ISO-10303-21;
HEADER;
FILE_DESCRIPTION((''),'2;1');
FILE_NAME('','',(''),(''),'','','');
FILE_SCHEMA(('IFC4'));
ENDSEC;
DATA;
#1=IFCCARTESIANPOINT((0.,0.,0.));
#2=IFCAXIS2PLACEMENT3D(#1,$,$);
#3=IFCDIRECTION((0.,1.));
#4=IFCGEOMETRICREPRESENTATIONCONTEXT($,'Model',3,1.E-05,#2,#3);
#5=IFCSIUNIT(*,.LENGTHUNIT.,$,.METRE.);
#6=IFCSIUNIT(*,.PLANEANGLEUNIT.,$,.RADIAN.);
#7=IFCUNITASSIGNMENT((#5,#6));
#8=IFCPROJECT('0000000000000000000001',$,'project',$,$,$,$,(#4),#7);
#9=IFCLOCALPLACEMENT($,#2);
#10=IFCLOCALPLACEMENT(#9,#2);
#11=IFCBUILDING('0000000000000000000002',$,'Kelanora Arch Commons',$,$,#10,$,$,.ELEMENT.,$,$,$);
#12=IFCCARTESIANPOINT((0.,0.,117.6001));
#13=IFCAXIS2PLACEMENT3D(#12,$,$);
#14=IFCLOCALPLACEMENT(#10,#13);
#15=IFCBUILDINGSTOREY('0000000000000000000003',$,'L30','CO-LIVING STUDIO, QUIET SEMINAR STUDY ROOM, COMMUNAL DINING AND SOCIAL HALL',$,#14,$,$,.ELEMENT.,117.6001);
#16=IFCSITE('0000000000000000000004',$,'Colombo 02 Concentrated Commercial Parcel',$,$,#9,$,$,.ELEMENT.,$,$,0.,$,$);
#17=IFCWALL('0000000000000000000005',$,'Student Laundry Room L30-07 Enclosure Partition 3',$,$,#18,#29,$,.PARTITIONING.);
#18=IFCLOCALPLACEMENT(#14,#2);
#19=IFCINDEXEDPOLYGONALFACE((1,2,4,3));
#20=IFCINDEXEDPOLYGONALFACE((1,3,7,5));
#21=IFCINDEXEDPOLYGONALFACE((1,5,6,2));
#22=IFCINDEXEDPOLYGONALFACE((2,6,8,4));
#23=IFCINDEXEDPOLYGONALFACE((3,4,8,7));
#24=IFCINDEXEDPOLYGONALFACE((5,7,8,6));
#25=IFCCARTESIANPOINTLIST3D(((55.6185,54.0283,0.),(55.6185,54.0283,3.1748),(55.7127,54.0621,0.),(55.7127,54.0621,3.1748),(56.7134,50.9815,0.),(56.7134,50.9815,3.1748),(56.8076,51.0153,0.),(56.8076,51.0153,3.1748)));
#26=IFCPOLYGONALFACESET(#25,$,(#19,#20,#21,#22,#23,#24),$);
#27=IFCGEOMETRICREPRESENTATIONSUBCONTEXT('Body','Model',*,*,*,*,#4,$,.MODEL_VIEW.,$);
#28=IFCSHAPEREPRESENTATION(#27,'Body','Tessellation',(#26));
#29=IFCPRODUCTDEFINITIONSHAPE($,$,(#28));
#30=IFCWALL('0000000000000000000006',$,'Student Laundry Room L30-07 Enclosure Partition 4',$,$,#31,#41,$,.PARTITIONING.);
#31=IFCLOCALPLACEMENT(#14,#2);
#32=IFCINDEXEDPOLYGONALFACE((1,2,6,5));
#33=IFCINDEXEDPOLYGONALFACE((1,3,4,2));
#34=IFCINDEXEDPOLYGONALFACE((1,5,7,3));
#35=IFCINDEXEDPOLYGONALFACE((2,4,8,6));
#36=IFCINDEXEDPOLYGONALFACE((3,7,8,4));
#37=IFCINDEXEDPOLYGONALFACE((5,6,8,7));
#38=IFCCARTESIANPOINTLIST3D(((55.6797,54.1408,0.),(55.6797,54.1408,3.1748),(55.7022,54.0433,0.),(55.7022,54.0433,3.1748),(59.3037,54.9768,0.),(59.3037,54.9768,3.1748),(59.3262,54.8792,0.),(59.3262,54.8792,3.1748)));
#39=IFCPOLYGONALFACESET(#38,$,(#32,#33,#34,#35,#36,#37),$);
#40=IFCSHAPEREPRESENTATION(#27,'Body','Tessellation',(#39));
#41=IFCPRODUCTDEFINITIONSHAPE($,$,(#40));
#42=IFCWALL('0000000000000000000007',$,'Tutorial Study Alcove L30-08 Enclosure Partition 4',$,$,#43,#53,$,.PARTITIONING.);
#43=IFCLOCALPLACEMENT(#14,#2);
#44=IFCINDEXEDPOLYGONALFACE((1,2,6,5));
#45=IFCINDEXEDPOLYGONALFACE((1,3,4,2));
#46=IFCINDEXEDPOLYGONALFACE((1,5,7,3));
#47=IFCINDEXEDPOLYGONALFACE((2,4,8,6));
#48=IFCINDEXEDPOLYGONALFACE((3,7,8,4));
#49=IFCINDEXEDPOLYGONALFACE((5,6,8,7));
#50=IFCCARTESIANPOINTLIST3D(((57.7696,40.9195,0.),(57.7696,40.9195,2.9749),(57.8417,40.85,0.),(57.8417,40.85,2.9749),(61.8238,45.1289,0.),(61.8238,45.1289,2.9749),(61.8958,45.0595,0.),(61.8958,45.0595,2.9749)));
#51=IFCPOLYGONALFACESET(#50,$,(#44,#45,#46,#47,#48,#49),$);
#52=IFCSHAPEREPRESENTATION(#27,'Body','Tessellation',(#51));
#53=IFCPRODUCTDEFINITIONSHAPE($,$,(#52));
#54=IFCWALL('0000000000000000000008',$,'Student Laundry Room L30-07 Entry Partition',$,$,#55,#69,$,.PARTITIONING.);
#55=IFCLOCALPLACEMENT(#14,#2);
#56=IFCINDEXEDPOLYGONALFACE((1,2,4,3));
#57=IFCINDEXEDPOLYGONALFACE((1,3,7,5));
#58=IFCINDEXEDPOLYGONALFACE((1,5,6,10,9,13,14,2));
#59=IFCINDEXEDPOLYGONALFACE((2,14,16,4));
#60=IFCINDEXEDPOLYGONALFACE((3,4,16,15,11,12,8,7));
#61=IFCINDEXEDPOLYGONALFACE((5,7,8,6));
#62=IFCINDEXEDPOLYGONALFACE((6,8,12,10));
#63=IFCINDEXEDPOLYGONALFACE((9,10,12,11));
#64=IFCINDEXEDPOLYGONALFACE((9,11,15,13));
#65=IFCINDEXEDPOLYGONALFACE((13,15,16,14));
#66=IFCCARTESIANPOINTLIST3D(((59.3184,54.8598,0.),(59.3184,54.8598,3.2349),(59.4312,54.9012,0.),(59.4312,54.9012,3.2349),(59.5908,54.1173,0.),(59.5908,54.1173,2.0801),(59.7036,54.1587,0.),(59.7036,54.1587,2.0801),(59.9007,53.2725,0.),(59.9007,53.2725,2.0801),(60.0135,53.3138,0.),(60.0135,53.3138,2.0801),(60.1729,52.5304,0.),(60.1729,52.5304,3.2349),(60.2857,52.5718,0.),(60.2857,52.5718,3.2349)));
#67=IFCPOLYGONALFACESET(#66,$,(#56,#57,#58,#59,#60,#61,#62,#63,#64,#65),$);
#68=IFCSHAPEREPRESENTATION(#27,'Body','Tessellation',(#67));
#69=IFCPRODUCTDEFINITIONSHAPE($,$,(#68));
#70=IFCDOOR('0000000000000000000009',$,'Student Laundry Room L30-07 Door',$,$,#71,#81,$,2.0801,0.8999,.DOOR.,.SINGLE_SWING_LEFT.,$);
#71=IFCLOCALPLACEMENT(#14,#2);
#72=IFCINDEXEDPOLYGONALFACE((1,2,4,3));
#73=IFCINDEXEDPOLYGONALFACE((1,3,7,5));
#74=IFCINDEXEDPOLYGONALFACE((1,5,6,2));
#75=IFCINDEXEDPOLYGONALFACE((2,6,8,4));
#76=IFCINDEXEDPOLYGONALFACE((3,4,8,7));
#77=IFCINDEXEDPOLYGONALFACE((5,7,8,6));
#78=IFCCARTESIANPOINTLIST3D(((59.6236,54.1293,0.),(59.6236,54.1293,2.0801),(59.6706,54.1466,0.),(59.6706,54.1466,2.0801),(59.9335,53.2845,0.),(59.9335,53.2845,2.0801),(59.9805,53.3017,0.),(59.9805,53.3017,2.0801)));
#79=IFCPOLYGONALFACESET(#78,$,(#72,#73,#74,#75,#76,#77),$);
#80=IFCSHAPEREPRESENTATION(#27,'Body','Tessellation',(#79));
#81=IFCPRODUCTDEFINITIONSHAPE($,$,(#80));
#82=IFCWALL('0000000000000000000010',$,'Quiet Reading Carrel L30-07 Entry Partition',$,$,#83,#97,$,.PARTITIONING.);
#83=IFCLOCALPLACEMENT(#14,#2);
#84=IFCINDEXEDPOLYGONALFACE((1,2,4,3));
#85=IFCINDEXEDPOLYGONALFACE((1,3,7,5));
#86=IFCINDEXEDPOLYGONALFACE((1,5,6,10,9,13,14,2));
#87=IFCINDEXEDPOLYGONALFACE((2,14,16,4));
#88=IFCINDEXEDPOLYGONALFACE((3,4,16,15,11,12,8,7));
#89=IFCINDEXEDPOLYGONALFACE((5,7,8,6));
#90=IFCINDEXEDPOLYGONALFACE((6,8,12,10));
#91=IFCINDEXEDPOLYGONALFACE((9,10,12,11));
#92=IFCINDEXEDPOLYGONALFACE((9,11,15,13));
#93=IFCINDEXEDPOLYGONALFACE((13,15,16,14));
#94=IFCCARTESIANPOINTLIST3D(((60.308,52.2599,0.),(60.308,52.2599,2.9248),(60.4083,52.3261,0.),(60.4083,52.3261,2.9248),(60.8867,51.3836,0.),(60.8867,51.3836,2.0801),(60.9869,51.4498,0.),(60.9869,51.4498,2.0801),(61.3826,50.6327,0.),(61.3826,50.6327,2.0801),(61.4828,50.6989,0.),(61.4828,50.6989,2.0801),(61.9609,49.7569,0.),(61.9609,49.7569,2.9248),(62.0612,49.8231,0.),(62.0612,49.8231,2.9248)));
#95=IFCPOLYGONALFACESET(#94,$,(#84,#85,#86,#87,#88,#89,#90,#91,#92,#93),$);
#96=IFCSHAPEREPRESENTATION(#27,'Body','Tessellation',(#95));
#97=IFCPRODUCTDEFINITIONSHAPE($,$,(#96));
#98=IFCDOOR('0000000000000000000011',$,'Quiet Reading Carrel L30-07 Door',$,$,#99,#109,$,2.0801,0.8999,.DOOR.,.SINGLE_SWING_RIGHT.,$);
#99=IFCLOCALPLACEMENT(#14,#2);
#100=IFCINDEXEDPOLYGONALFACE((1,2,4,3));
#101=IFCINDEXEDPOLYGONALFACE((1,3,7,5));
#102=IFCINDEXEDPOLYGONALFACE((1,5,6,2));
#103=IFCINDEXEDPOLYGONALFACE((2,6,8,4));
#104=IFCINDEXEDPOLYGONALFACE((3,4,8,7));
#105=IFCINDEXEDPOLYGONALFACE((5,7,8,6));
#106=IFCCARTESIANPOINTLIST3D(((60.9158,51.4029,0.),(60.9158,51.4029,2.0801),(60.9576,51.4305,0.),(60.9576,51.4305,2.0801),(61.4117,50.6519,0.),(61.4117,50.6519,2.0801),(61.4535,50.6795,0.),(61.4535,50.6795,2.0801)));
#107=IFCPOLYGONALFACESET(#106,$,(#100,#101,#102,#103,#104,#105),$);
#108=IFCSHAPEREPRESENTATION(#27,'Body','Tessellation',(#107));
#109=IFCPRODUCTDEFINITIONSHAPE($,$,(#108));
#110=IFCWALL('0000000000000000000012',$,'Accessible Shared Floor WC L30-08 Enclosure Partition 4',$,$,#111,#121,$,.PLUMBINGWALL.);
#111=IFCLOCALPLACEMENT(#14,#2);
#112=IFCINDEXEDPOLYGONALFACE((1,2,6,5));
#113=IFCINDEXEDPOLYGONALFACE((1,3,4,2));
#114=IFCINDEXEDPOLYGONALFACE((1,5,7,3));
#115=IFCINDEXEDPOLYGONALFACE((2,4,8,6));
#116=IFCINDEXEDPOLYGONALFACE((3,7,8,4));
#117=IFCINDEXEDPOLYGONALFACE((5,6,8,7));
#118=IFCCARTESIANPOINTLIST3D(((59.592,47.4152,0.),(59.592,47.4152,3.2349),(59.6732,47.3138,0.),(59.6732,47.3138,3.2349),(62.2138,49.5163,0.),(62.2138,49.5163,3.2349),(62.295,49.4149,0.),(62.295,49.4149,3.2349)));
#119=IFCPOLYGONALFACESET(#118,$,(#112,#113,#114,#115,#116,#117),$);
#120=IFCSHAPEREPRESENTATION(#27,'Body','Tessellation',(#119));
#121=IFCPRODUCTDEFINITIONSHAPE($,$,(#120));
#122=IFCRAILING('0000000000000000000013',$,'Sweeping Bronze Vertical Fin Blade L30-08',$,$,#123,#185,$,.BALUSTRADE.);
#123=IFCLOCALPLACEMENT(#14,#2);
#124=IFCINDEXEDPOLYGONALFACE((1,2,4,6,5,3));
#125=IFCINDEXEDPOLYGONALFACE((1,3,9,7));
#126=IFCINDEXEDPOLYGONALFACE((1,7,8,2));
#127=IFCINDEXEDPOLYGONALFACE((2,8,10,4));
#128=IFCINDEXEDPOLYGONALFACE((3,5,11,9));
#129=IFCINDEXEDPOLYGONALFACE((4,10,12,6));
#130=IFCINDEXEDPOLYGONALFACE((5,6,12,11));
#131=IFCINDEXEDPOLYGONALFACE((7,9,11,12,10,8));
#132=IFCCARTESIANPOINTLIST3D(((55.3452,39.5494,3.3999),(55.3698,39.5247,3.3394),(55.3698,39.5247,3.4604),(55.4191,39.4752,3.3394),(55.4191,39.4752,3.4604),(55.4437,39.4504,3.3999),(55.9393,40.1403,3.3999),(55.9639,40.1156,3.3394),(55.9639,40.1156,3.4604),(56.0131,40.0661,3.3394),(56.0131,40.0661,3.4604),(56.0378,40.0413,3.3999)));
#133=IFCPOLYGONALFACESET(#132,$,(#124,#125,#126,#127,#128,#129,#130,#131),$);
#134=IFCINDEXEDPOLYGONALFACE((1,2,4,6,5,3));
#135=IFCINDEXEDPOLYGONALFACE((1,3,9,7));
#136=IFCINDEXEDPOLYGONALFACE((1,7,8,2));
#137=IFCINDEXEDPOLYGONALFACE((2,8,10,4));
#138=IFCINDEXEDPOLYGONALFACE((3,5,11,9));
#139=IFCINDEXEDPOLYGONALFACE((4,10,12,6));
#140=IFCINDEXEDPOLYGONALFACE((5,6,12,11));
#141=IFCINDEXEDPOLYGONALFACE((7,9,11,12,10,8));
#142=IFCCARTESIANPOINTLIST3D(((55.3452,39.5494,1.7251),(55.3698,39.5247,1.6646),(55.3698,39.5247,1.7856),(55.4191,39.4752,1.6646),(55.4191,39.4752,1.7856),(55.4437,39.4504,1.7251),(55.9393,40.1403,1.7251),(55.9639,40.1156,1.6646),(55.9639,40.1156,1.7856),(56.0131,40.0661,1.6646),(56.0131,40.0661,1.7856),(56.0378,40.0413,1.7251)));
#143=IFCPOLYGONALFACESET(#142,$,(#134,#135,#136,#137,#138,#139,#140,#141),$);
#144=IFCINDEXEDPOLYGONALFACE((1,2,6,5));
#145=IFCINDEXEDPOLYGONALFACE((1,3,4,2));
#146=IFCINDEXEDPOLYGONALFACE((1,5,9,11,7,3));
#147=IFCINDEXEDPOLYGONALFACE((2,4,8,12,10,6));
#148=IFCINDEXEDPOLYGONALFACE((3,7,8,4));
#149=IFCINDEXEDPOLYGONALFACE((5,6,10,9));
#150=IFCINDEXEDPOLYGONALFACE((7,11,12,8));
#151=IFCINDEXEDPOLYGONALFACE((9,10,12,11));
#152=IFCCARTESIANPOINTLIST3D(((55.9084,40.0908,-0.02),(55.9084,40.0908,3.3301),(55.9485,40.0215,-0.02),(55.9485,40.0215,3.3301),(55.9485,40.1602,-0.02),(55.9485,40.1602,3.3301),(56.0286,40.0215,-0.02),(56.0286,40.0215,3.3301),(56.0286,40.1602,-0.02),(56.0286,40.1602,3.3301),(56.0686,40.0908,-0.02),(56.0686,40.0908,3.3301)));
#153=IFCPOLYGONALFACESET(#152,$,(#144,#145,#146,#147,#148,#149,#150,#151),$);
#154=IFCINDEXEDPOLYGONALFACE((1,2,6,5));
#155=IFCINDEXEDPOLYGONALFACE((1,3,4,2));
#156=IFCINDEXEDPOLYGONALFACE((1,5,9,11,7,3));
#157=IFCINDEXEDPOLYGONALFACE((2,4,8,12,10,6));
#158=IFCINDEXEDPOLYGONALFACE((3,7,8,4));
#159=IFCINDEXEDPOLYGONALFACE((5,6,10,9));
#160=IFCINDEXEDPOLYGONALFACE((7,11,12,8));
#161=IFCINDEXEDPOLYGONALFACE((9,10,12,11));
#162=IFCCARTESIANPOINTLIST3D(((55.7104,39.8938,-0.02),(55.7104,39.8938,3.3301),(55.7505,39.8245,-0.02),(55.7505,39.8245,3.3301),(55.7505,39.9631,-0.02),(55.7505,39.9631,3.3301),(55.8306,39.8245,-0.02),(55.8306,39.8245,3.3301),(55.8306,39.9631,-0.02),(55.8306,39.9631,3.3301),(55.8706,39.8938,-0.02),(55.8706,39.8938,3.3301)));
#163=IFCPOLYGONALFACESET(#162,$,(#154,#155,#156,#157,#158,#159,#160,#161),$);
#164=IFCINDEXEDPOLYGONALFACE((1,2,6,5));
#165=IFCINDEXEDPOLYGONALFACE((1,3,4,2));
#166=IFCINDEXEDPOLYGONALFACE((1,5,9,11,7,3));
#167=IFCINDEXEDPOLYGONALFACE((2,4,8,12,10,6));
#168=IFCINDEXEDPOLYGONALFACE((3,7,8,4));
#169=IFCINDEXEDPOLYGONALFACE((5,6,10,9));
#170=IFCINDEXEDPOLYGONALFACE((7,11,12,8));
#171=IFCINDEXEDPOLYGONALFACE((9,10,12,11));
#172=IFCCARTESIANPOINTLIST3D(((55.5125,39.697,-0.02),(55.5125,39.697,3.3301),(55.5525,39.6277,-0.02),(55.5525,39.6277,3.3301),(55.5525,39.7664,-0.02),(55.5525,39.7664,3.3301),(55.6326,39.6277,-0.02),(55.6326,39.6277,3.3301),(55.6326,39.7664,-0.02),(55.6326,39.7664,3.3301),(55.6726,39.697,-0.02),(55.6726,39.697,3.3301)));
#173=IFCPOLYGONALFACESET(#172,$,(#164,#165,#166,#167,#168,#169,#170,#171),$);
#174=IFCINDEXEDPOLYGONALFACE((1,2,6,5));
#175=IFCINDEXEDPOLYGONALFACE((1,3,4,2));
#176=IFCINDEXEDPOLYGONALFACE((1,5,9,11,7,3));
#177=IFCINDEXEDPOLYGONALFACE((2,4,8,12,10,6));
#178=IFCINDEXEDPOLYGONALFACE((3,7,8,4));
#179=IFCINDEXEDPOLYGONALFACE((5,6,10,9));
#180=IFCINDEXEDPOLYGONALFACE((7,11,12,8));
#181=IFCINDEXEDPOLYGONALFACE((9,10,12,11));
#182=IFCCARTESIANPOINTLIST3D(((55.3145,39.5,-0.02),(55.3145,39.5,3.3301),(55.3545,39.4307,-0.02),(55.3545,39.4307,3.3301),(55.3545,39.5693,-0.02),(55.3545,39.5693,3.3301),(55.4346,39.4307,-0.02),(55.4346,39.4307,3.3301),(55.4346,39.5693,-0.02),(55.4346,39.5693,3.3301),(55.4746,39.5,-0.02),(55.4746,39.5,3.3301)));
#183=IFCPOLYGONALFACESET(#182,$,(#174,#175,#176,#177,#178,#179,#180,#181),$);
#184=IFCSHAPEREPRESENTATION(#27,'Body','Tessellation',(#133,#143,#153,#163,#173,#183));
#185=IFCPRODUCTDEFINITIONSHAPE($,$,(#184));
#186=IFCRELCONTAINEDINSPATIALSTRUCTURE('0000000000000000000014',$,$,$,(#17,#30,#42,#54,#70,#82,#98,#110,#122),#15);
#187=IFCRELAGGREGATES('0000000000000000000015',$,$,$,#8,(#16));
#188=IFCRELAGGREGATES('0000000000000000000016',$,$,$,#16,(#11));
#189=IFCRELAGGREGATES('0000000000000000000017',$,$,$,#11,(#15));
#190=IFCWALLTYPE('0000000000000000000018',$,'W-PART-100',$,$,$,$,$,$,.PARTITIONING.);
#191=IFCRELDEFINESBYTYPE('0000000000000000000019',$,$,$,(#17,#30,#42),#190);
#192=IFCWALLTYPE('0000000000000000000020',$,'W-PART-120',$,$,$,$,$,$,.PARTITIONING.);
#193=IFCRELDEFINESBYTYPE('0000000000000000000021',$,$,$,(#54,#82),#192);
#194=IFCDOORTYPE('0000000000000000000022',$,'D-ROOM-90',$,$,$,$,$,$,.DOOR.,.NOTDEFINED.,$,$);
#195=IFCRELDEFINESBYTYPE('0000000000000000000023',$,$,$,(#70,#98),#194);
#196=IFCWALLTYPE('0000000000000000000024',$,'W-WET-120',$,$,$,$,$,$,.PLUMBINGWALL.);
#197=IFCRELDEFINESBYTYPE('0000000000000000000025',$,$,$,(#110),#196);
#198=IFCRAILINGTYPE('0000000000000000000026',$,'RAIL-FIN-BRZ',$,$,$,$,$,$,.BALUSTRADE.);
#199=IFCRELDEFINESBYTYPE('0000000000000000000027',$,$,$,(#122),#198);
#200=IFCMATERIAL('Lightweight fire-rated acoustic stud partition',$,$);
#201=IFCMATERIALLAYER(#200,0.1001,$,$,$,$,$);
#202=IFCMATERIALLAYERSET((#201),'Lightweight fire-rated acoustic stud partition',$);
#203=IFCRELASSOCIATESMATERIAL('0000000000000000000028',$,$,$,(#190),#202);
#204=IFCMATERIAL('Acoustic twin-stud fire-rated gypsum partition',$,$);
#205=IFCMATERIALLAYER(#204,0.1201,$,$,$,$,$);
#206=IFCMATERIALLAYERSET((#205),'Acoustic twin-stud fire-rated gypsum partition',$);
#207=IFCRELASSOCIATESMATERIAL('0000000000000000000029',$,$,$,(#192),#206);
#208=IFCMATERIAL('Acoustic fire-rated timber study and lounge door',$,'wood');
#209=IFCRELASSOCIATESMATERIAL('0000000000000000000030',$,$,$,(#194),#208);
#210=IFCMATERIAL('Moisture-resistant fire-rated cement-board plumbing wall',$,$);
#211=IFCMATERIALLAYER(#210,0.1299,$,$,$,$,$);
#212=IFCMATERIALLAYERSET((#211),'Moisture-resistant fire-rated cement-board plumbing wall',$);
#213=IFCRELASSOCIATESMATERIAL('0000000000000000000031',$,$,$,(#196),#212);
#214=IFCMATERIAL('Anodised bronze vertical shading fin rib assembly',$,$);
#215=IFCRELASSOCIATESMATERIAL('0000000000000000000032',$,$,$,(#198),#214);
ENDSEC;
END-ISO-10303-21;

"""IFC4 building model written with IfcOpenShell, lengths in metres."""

from ifc_helpers import new_model, si_unit, direction, frame, frame_2d, origin, place, context, subcontext, project, spatial, polyline, rectangle, outline, extrude, material, layer, layer_set, type_object, element, fill, save


model = new_model("IFC4")

# Units and contexts
model_context = context("Model", 3, precision=1e-05, world=origin(), true_north=direction((0.0, 1.0)))
body_context = subcontext(model_context, "Body", "Model", "MODEL_VIEW")
ifc_project = project(units=[si_unit("LENGTHUNIT", "METRE"), si_unit("PLANEANGLEUNIT", "RADIAN")], contexts=[model_context])

# Site, building, storey
site_placement = place(None, origin())
site = spatial("IfcSite", under=ifc_project, at=site_placement, Name="Colombo 02 Concentrated Commercial Parcel", CompositionType="ELEMENT", RefElevation=0.0)
building_placement = place(site_placement, origin())
building = spatial("IfcBuilding", under=site, at=building_placement, Name="Kelanora Arch Commons", CompositionType="ELEMENT")
storey_placement = place(building_placement, frame((0.0, 0.0, 117.6001)))
storey = spatial("IfcBuildingStorey", under=building, at=storey_placement, Name="L30", Description="CO-LIVING STUDIO, QUIET SEMINAR STUDY ROOM, COMMUNAL DINING AND SOCIAL HALL", CompositionType="ELEMENT", Elevation=117.6001)

# Walls
ifc_material_1 = material(Name="Lightweight fire-rated acoustic stud partition")
ifc_layer_1 = layer(ifc_material_1, 0.1001)
ifc_layer_set_1 = layer_set([ifc_layer_1], Name="Lightweight fire-rated acoustic stud partition")
wall_type_1 = type_object("IfcWallType", Name="W-PART-100", PredefinedType="PARTITIONING", material=ifc_layer_set_1)
wall_1_placement = place(storey_placement, frame((56.7605, 50.9985, 0.0), z_axis=(0.0, 0.0, 1.0), x_axis=(-0.338199, 0.941075, 0.0)))
element("IfcWall", 1, at=wall_1_placement, inside=storey, type_object=wall_type_1, Name="Student Laundry Room L30-07 Enclosure Partition 3", PredefinedType="PARTITIONING", context=body_context, shape_type="SweptSolid", body=[
    extrude(rectangle(XDim=3.2375, YDim=0.1001, at=frame_2d((1.6187, 0.0))), origin(), (0.0, 0.0, 1.0), 3.1748),
])
wall_2_placement = place(storey_placement, frame((55.6909, 54.092, 0.0), z_axis=(0.0, 0.0, 1.0), x_axis=(0.974413, 0.224764, 0.0)))
element("IfcWall", 2, at=wall_2_placement, inside=storey, type_object=wall_type_1, Name="Student Laundry Room L30-07 Enclosure Partition 4", PredefinedType="PARTITIONING", context=body_context, shape_type="SweptSolid", body=[
    extrude(rectangle(XDim=3.7192, YDim=0.1001, at=frame_2d((1.8596, 0.0))), origin(), (0.0, 0.0, 1.0), 3.1748),
])
wall_3_placement = place(storey_placement, frame((57.8057, 40.8848, 0.0), z_axis=(0.0, 0.0, 1.0), x_axis=(0.693698, 0.720266, 0.0)))
element("IfcWall", 3, at=wall_3_placement, inside=storey, type_object=wall_type_1, Name="Tutorial Study Alcove L30-08 Enclosure Partition 4", PredefinedType="PARTITIONING", context=body_context, shape_type="SweptSolid", body=[
    extrude(rectangle(XDim=5.8442, YDim=0.1001, at=frame_2d((2.9221, 0.0))), origin(), (0.0, 0.0, 1.0), 2.9749),
])

# Walls, openings, doors
ifc_material_2 = material(Name="Acoustic twin-stud fire-rated gypsum partition")
ifc_layer_2 = layer(ifc_material_2, 0.1201)
ifc_layer_set_2 = layer_set([ifc_layer_2], Name="Acoustic twin-stud fire-rated gypsum partition")
wall_type_2 = type_object("IfcWallType", Name="W-PART-120", PredefinedType="PARTITIONING", material=ifc_layer_set_2)
wall_4_placement = place(storey_placement, frame((59.3748, 54.8806, 0.0), z_axis=(0.0, 0.0, 1.0), x_axis=(0.344396, -0.938824, 0.0)))
wall_4 = element("IfcWall", 4, at=wall_4_placement, inside=storey, type_object=wall_type_2, Name="Student Laundry Room L30-07 Entry Partition", PredefinedType="PARTITIONING", context=body_context, shape_type="SweptSolid", body=[
    extrude(rectangle(XDim=2.4812, YDim=0.1201, at=frame_2d((1.2407, 0.0))), origin(), (0.0, 0.0, 1.0), 3.2349),
])
opening_1_placement = place(wall_4_placement, frame((0.791, 0.0, 0.0)))
opening_1 = element("IfcOpeningElement", 5, at=opening_1_placement, cuts=wall_4, PredefinedType="OPENING", context=body_context, shape_type="SweptSolid", body=[
    extrude(rectangle(XDim=0.8999, YDim=2.0801, at=frame_2d((0.45, 1.04))), frame((0.0, 0.0701, 0.0), z_axis=(0.0, -1.0, 0.0), x_axis=(1.0, 0.0, 0.0)), (0.0, 0.0, 1.0), 0.1401),
])
ifc_material_3 = material(Name="Acoustic fire-rated timber study and lounge door", Category="wood")
door_type = type_object("IfcDoorType", Name="D-ROOM-90", OperationType="NOTDEFINED", PredefinedType="DOOR", material=ifc_material_3)
door_1_placement = place(opening_1_placement, origin())
door_1 = element("IfcDoor", 6, at=door_1_placement, inside=storey, type_object=door_type, Name="Student Laundry Room L30-07 Door", OperationType="SINGLE_SWING_LEFT", OverallHeight=2.0801, OverallWidth=0.8999, PredefinedType="DOOR", context=body_context, shape_type="SweptSolid", body=[
    extrude(rectangle(XDim=0.8999, YDim=2.0801, at=frame_2d((0.45, 1.04))), frame((0.0, 0.0249, 0.0), z_axis=(0.0, -1.0, 0.0), x_axis=(1.0, 0.0, 0.0)), (0.0, 0.0, 1.0), 0.05),
])
fill(opening_1, door_1)
wall_5_placement = place(storey_placement, frame((60.3582, 52.293, 0.0), z_axis=(0.0, 0.0, 1.0), x_axis=(0.551051, -0.834472, 0.0)))
wall_5 = element("IfcWall", 7, at=wall_5_placement, inside=storey, type_object=wall_type_2, Name="Quiet Reading Carrel L30-07 Entry Partition", PredefinedType="PARTITIONING", context=body_context, shape_type="SweptSolid", body=[
    extrude(rectangle(XDim=2.9995, YDim=0.1201, at=frame_2d((1.4998, 0.0))), origin(), (0.0, 0.0, 1.0), 2.9248),
])
opening_2_placement = place(wall_5_placement, frame((1.05, 0.0, 0.0)))
opening_2 = element("IfcOpeningElement", 8, at=opening_2_placement, cuts=wall_5, PredefinedType="OPENING", context=body_context, shape_type="SweptSolid", body=[
    extrude(rectangle(XDim=0.8999, YDim=2.0801, at=frame_2d((0.45, 1.04))), frame((0.0, 0.0701, 0.0), z_axis=(0.0, -1.0, 0.0), x_axis=(1.0, 0.0, 0.0)), (0.0, 0.0, 1.0), 0.1401),
])
door_2_placement = place(opening_2_placement, origin())
door_2 = element("IfcDoor", 9, at=door_2_placement, inside=storey, type_object=door_type, Name="Quiet Reading Carrel L30-07 Door", OperationType="SINGLE_SWING_RIGHT", OverallHeight=2.0801, OverallWidth=0.8999, PredefinedType="DOOR", context=body_context, shape_type="SweptSolid", body=[
    extrude(rectangle(XDim=0.8999, YDim=2.0801, at=frame_2d((0.45, 1.04))), frame((0.0, 0.0249, 0.0), z_axis=(0.0, -1.0, 0.0), x_axis=(1.0, 0.0, 0.0)), (0.0, 0.0, 1.0), 0.05),
])
fill(opening_2, door_2)

# Wall
ifc_material_4 = material(Name="Moisture-resistant fire-rated cement-board plumbing wall")
ifc_layer_3 = layer(ifc_material_4, 0.1299)
ifc_layer_set_3 = layer_set([ifc_layer_3], Name="Moisture-resistant fire-rated cement-board plumbing wall")
wall_type_3 = type_object("IfcWallType", Name="W-WET-120", PredefinedType="PLUMBINGWALL", material=ifc_layer_set_3)
wall_6_placement = place(storey_placement, frame((59.6326, 47.3645, 0.0), z_axis=(0.0, 0.0, 1.0), x_axis=(0.780344, 0.625351, 0.0)))
element("IfcWall", 10, at=wall_6_placement, inside=storey, type_object=wall_type_3, Name="Accessible Shared Floor WC L30-08 Enclosure Partition 4", PredefinedType="PLUMBINGWALL", context=body_context, shape_type="SweptSolid", body=[
    extrude(rectangle(XDim=3.3599, YDim=0.1299, at=frame_2d((1.6799, 0.0))), origin(), (0.0, 0.0, 1.0), 3.2349),
])

# Railing
ifc_material_5 = material(Name="Anodised bronze vertical shading fin rib assembly")
railing_type = type_object("IfcRailingType", Name="RAIL-FIN-BRZ", PredefinedType="BALUSTRADE", material=ifc_material_5)
railing_placement = place(storey_placement, frame((55.9885, 40.0908, -0.02)))
element("IfcRailing", 11, at=railing_placement, inside=storey, type_object=railing_type, Name="Sweeping Bronze Vertical Fin Blade L30-08", PredefinedType="BALUSTRADE", context=body_context, shape_type="SweptSolid", body=[
    extrude(outline(polyline([(0.0698, 0.0), (0.0349, 0.0605), (-0.0349, 0.0605), (-0.0698, 0.0), (-0.0349, -0.0605), (0.0349, -0.0605), (0.0698, 0.0)])), frame((0.0, 0.0, 3.4199), z_axis=(-0.708998, -0.70521, 0.0), x_axis=(0.70521, -0.708998, 0.0)), (0.0, 0.0, 1.0), 0.8379),
    extrude(outline(polyline([(0.0698, 0.0), (0.0349, 0.0605), (-0.0349, 0.0605), (-0.0698, 0.0), (-0.0349, -0.0605), (0.0349, -0.0605), (0.0698, 0.0)])), frame((0.0, 0.0, 1.7451), z_axis=(-0.708998, -0.70521, 0.0), x_axis=(0.70521, -0.708998, 0.0)), (0.0, 0.0, 1.0), 0.8379),
    extrude(outline(polyline([(0.0801, 0.0), (0.04, 0.0693), (-0.04, 0.0693), (-0.0801, 0.0), (-0.04, -0.0693), (0.04, -0.0693), (0.0801, 0.0)])), origin(), (0.0, 0.0, 1.0), 3.3501),
    extrude(outline(polyline([(0.0801, 0.0), (0.04, 0.0693), (-0.04, 0.0693), (-0.0801, 0.0), (-0.04, -0.0693), (0.04, -0.0693), (0.0801, 0.0)])), frame((-0.198, -0.197, 0.0)), (0.0, 0.0, 1.0), 3.3501),
    extrude(outline(polyline([(0.0801, 0.0), (0.04, 0.0693), (-0.04, 0.0693), (-0.0801, 0.0), (-0.04, -0.0693), (0.04, -0.0693), (0.0801, 0.0)])), frame((-0.396, -0.3938, 0.0)), (0.0, 0.0, 1.0), 3.3501),
    extrude(outline(polyline([(0.0801, 0.0), (0.04, 0.0693), (-0.04, 0.0693), (-0.0801, 0.0), (-0.04, -0.0693), (0.04, -0.0693), (0.0801, 0.0)])), frame((-0.594, -0.5908, 0.0)), (0.0, 0.0, 1.0), 3.3501),
])

save(model, "model.ifc")
